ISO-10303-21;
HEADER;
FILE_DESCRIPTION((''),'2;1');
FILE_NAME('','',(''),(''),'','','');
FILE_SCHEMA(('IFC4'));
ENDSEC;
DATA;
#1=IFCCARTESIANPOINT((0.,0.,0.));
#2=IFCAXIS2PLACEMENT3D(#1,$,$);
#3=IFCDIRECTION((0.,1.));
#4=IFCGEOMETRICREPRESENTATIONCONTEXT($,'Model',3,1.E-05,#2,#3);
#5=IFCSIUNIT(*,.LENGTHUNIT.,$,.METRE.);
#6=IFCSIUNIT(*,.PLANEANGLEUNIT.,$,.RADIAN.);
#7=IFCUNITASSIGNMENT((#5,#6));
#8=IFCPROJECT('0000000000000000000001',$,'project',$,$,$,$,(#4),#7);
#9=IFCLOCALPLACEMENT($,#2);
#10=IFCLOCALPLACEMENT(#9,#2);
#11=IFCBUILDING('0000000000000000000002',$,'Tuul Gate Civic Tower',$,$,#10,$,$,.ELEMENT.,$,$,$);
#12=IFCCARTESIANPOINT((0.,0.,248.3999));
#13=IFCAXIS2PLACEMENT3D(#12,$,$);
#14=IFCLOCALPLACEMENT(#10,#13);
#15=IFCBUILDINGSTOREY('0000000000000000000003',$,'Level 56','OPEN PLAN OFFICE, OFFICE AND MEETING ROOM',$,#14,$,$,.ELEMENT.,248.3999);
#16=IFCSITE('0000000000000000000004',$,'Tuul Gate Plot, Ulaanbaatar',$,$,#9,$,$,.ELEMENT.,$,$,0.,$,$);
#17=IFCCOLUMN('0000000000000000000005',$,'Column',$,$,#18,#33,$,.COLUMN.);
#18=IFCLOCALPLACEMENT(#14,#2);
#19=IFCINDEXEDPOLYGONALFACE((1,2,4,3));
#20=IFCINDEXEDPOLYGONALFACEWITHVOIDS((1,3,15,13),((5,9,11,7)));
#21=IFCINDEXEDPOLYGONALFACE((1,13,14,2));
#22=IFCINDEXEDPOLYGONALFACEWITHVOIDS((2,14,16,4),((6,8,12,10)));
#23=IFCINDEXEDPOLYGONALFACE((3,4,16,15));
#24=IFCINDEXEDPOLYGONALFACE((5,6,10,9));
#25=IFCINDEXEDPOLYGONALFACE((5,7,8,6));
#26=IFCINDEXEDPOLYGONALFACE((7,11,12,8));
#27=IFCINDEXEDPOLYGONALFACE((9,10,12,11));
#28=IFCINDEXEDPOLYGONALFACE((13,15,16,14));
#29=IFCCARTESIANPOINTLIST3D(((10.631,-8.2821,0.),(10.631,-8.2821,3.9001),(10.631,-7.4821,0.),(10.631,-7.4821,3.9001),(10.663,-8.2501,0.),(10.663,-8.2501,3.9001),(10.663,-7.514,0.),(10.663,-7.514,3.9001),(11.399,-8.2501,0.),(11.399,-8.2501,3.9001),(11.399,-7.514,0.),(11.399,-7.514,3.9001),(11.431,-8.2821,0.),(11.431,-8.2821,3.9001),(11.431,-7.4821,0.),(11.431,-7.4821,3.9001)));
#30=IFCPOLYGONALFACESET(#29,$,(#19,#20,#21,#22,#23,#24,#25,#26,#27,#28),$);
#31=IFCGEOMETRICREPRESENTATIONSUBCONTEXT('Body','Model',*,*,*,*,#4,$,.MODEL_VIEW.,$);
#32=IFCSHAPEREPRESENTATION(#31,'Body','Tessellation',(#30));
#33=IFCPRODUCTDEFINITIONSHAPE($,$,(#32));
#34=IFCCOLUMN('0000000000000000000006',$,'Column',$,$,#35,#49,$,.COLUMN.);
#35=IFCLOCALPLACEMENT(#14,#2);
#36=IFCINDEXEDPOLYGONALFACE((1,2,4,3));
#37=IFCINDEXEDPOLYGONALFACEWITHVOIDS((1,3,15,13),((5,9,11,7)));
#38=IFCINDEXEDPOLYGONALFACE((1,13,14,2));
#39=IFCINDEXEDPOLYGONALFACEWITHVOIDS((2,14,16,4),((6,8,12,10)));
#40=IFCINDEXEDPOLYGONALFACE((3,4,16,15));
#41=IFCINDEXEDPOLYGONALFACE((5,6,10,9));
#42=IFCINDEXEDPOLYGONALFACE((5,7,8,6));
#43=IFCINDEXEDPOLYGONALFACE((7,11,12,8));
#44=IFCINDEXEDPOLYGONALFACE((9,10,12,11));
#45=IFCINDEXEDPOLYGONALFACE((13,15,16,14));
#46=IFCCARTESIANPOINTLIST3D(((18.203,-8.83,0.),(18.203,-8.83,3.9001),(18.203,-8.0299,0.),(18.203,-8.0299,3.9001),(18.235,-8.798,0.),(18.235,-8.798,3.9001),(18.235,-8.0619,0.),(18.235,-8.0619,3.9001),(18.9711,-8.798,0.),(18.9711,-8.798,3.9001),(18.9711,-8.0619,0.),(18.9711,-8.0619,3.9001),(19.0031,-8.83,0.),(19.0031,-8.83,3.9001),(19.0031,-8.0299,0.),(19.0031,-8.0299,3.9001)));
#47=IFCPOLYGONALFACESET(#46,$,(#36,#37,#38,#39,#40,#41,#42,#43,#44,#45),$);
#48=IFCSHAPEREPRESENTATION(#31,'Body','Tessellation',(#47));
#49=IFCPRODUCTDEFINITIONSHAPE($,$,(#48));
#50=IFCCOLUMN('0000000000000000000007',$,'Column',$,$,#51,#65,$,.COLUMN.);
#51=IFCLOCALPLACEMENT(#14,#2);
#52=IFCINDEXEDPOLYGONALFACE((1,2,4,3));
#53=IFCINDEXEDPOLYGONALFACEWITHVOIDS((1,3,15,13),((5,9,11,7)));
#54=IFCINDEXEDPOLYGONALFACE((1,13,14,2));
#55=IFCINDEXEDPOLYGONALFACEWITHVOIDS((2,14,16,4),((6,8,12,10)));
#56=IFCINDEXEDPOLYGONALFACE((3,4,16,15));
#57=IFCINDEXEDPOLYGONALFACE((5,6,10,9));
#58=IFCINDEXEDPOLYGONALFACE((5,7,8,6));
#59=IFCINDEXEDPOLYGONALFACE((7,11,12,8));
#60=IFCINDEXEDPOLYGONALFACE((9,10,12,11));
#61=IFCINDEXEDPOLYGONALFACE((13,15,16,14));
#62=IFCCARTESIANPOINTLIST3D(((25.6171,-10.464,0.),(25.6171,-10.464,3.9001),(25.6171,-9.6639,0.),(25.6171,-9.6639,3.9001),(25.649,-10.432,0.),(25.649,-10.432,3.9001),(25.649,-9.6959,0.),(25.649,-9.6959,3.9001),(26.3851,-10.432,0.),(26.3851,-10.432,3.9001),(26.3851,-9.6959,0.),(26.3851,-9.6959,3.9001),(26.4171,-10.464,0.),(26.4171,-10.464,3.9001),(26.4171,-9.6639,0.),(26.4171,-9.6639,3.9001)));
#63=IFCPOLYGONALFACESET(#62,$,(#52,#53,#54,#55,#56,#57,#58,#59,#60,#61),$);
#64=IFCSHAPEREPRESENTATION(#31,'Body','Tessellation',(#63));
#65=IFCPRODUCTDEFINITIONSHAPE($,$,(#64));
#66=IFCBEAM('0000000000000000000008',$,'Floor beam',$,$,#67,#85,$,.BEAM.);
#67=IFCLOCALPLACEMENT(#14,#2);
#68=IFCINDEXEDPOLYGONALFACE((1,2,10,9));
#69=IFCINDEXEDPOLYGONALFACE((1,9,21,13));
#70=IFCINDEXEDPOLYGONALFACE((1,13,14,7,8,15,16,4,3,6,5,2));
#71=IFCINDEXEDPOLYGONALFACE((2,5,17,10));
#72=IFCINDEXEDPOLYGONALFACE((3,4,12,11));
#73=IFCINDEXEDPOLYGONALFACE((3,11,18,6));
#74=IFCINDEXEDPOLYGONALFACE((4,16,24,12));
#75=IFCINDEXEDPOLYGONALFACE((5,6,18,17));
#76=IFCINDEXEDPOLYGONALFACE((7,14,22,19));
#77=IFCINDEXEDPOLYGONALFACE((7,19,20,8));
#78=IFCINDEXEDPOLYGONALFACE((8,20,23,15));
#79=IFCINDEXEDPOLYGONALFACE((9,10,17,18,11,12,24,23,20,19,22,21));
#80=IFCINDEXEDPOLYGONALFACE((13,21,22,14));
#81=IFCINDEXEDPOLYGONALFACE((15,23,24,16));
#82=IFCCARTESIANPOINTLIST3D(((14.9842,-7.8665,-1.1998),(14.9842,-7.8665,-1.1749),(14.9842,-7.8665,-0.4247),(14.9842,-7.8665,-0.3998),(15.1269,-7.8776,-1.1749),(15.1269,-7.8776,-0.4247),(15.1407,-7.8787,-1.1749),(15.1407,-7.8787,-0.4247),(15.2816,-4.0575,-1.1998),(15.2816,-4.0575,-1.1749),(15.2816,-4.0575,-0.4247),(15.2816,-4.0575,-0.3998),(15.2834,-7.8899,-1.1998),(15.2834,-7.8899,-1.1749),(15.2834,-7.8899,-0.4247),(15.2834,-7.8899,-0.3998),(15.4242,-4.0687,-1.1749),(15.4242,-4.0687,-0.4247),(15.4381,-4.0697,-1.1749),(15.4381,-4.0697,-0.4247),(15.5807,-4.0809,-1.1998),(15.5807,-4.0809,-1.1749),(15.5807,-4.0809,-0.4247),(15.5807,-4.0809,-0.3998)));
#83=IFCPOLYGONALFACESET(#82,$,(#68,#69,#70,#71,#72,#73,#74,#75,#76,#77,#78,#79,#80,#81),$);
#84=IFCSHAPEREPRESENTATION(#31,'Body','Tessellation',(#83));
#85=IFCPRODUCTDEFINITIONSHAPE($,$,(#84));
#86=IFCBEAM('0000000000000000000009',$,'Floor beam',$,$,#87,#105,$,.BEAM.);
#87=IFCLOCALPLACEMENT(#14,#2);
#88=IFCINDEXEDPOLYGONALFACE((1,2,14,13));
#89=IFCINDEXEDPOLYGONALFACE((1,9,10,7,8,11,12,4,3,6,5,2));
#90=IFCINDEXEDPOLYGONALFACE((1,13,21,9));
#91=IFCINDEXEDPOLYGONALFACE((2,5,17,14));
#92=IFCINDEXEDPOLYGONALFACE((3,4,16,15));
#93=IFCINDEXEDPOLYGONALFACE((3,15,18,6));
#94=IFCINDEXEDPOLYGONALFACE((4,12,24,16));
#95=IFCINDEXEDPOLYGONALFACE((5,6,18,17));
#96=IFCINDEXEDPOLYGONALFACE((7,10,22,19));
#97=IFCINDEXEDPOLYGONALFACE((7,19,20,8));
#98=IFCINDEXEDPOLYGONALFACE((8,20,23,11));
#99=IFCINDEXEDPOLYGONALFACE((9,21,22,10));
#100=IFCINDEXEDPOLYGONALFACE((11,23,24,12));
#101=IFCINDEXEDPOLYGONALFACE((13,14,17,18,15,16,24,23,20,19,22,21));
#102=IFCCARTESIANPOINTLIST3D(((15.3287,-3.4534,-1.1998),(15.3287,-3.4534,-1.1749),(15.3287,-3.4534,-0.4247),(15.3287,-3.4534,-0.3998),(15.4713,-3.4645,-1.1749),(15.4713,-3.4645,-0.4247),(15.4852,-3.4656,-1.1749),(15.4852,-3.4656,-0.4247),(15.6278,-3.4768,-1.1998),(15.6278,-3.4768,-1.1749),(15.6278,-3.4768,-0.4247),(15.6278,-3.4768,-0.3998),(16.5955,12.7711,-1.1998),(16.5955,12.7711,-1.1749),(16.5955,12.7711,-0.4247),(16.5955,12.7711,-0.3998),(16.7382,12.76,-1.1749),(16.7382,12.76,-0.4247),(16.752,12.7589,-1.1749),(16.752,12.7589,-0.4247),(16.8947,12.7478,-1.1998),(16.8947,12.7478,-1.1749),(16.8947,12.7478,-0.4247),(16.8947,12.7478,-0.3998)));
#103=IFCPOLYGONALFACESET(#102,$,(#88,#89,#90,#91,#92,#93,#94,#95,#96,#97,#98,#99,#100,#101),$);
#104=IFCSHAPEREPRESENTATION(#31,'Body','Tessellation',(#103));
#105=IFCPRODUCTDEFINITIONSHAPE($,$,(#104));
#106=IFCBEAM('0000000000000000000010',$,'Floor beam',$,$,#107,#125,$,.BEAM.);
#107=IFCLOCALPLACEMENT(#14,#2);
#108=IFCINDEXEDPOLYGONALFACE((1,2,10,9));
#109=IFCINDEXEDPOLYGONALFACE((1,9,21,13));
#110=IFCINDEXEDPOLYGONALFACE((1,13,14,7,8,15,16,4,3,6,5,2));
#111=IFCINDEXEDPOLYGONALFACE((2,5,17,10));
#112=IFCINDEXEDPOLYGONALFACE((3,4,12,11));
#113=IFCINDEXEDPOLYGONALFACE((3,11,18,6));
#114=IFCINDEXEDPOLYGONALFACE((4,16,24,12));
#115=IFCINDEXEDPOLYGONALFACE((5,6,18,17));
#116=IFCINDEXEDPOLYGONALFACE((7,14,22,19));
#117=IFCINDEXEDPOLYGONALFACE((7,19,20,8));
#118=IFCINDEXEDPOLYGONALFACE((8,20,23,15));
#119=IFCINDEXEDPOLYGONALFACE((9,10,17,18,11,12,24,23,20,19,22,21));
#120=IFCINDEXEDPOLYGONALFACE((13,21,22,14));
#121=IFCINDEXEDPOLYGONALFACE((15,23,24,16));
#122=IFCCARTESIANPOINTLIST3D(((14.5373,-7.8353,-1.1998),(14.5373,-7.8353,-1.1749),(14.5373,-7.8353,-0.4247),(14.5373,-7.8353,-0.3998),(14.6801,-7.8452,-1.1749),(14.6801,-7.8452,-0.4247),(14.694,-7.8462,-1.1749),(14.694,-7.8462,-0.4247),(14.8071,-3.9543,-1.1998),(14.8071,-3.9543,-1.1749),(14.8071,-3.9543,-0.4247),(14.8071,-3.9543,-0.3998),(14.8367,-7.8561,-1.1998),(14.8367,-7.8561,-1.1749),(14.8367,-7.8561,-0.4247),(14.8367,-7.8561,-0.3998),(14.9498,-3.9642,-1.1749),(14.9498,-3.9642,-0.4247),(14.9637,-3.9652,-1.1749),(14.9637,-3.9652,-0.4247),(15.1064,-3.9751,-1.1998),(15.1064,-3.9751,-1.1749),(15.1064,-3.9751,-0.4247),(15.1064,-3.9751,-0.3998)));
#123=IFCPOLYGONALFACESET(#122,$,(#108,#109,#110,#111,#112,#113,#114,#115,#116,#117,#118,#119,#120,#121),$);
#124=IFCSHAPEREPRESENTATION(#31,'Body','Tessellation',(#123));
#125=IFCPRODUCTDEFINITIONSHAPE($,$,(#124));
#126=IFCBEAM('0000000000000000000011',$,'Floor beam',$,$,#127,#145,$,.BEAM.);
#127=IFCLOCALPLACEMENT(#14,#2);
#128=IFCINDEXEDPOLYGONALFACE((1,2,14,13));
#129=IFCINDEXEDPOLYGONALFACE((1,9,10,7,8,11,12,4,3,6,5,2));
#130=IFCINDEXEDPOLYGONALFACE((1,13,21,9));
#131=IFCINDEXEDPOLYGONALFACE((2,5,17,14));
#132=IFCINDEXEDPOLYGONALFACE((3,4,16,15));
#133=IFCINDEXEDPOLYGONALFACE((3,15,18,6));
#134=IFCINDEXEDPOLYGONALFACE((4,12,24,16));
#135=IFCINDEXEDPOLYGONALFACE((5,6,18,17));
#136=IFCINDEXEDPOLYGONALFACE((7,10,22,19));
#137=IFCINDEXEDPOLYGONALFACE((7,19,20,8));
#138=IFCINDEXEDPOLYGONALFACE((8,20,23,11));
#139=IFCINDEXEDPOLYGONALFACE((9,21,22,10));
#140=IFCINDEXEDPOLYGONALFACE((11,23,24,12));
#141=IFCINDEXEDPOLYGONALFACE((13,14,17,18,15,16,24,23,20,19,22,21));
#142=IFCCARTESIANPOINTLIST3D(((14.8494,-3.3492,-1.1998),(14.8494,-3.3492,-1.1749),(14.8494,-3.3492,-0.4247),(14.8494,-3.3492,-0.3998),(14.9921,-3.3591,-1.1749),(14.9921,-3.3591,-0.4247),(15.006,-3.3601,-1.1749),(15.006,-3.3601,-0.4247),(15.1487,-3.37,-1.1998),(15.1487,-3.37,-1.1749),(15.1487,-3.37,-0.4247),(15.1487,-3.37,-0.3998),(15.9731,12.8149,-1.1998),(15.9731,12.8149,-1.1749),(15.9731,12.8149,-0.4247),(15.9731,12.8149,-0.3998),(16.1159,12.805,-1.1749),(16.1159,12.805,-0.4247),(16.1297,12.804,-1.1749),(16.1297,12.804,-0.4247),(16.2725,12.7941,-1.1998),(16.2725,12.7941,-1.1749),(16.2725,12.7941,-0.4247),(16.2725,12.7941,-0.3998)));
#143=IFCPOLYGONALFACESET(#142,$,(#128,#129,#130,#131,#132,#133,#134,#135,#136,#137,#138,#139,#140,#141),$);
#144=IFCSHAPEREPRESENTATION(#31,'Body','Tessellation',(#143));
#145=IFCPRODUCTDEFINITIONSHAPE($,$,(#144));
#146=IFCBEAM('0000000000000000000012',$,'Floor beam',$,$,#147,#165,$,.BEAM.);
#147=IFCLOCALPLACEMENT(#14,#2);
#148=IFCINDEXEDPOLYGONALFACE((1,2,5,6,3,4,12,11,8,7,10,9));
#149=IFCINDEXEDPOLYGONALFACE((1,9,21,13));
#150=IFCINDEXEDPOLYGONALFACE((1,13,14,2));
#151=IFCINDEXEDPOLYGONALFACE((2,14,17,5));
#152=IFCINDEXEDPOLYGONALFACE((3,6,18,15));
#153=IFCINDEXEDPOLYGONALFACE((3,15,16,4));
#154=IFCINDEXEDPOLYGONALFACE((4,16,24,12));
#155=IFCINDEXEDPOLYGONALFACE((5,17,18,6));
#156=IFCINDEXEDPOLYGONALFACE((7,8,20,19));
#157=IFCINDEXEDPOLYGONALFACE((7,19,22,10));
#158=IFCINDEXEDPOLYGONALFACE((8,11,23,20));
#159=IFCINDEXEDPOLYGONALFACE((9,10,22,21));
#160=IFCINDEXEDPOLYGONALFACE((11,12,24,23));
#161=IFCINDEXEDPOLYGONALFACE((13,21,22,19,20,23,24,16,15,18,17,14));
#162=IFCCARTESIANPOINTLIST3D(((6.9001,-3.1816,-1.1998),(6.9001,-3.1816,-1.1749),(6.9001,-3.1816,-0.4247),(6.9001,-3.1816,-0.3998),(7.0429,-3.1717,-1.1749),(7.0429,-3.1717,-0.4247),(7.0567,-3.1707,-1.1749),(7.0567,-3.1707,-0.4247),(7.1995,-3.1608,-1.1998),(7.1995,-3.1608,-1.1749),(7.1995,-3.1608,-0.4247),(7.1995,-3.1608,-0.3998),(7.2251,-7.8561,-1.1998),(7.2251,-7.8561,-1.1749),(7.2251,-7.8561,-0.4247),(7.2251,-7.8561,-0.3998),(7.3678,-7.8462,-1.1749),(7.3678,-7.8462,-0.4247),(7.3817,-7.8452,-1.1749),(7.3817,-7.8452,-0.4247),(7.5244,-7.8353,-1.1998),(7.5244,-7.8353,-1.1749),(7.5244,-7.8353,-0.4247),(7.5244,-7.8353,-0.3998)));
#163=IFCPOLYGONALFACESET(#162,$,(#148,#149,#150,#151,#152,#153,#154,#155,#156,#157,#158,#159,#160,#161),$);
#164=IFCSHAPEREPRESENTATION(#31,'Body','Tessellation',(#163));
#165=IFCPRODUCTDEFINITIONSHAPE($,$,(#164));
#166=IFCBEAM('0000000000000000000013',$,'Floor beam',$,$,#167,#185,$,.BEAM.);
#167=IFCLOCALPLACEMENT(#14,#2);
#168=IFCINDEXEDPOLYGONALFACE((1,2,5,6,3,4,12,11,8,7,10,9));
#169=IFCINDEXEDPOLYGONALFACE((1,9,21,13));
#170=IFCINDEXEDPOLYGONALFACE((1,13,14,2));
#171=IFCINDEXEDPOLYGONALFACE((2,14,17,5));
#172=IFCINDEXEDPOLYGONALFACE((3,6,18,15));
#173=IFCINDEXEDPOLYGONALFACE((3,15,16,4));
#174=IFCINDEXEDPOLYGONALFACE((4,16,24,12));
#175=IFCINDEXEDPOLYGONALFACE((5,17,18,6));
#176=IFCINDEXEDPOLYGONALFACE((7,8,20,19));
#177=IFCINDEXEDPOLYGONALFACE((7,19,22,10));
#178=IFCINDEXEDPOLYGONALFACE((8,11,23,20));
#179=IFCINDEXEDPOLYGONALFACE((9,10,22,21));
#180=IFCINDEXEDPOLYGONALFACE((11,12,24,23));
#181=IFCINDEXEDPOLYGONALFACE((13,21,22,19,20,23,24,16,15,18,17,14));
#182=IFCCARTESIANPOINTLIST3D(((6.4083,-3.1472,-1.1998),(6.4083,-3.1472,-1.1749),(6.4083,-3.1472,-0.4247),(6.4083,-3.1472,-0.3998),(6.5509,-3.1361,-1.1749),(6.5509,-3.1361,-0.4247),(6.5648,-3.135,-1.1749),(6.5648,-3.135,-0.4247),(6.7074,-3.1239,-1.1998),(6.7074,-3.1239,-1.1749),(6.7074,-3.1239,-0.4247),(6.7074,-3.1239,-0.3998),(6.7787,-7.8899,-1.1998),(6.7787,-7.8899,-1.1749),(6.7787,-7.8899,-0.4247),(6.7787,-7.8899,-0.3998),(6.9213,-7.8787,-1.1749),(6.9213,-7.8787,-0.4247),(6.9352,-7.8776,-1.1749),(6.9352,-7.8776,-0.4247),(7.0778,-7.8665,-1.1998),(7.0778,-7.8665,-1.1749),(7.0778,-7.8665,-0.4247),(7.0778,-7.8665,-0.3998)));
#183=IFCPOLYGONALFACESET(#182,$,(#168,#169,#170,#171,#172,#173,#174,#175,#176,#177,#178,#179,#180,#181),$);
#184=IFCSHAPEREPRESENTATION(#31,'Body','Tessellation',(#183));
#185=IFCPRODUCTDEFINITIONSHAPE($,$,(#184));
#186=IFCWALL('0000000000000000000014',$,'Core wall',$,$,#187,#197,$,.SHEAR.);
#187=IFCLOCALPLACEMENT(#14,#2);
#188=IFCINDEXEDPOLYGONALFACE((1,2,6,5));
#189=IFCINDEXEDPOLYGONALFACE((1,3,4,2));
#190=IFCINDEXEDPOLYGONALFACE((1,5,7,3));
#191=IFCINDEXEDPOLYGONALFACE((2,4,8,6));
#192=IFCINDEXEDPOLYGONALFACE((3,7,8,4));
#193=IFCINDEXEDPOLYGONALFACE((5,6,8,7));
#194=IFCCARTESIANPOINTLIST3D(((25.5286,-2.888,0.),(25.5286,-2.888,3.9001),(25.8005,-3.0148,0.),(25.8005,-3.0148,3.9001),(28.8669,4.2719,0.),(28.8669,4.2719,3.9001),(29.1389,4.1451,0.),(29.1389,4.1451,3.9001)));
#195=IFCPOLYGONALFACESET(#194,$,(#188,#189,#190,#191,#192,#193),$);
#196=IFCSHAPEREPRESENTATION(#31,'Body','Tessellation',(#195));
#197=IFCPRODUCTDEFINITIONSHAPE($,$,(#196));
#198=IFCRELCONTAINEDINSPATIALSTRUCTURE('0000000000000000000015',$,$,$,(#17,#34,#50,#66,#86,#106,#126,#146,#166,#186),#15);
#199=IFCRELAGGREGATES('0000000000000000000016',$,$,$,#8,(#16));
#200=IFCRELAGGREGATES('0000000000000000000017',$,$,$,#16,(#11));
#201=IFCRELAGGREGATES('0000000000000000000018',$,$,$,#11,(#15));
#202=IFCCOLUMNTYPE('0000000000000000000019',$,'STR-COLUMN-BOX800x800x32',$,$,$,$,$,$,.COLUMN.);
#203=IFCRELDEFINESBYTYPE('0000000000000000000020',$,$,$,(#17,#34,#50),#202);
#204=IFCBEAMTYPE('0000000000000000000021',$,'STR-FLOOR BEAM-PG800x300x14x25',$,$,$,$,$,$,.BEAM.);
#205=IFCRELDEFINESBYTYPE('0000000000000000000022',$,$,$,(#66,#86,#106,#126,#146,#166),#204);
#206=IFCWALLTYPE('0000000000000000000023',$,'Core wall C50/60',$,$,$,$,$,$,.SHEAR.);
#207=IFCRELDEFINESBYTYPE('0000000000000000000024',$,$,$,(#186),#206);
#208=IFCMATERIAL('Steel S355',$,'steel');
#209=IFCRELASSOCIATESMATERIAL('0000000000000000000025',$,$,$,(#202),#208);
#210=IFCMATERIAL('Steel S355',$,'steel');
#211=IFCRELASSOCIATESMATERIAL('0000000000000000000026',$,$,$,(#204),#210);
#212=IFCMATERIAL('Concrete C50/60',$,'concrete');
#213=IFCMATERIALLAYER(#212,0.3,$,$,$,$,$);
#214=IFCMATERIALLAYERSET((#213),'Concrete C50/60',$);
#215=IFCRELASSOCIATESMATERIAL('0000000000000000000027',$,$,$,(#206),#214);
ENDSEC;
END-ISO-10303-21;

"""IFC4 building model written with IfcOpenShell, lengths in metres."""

from ifc_helpers import new_model, si_unit, direction, frame, frame_2d, origin, origin_2d, place, context, subcontext, project, spatial, rectangle, hollow_rectangle, i_section, extrude, material, layer, layer_set, material_profile, profile_set, type_object, element, save


model = new_model("IFC4")

# Units and contexts
model_context = context("Model", 3, precision=1e-05, world=origin(), true_north=direction((0.0, 1.0)))
body_context = subcontext(model_context, "Body", "Model", "MODEL_VIEW")
ifc_project = project(units=[si_unit("LENGTHUNIT", "METRE"), si_unit("PLANEANGLEUNIT", "RADIAN")], contexts=[model_context])

# Site, building, storey
site_placement = place(None, origin())
site = spatial("IfcSite", under=ifc_project, at=site_placement, Name="Tuul Gate Plot, Ulaanbaatar", CompositionType="ELEMENT", RefElevation=0.0)
building_placement = place(site_placement, origin())
building = spatial("IfcBuilding", under=site, at=building_placement, Name="Tuul Gate Civic Tower", CompositionType="ELEMENT")
storey_placement = place(building_placement, frame((0.0, 0.0, 248.3999)))
storey = spatial("IfcBuildingStorey", under=building, at=storey_placement, Name="Level 56", Description="OPEN PLAN OFFICE, OFFICE AND MEETING ROOM", CompositionType="ELEMENT", Elevation=248.3999)

# Columns
ifc_material_1 = material(Name="Steel S355", Category="steel")
ifc_material_profile_1 = material_profile(ifc_material_1, hollow_rectangle(XDim=0.8, YDim=0.8, WallThickness=0.032, at=origin_2d()), Name="BOX800x800x32")
ifc_profile_set_1 = profile_set([ifc_material_profile_1], Name="Steel S355")
column_type = type_object("IfcColumnType", Name="STR-COLUMN-BOX800x800x32", PredefinedType="COLUMN", material=ifc_profile_set_1)
for number, where, z_axis, x_axis, name in (
    (1, (11.031, -7.8821, 0.0), (0.0, 0.0, 1.0), (1.0, 0.0, 0.0), "Column"),
    (2, (18.603, -8.4299, 0.0), (0.0, 0.0, 1.0), (1.0, 0.0, 0.0), "Column"),
    (3, (26.0171, -10.064, 0.0), (0.0, 0.0, 1.0), (1.0, 0.0, 0.0), "Column"),
):
    element("IfcColumn", number, at=place(storey_placement, frame(where, z_axis=z_axis, x_axis=x_axis)), inside=storey, type_object=column_type, Name=name, PredefinedType="COLUMN", context=body_context, shape_type="SweptSolid", body=[
        extrude(hollow_rectangle(XDim=0.8, YDim=0.8, WallThickness=0.032, at=origin_2d()), origin(), (0.0, 0.0, 1.0), 3.9001),
    ])

# Beams
ifc_material_2 = material(Name="Steel S355", Category="steel")
ifc_material_profile_2 = material_profile(ifc_material_2, i_section(OverallWidth=0.3, OverallDepth=0.8, WebThickness=0.0139, FlangeThickness=0.0249, at=origin_2d()), Name="PG800x300x14x25")
ifc_profile_set_2 = profile_set([ifc_material_profile_2], Name="Steel S355")
beam_type = type_object("IfcBeamType", Name="STR-FLOOR BEAM-PG800x300x14x25", PredefinedType="BEAM", material=ifc_profile_set_2)
beam_1_placement = place(storey_placement, frame((15.1338, -7.8782, -0.7998), z_axis=(0.07783, 0.996967, 0.0), x_axis=(-0.996967, 0.07783, 0.0)))
element("IfcBeam", 4, at=beam_1_placement, inside=storey, type_object=beam_type, Name="Floor beam", PredefinedType="BEAM", context=body_context, shape_type="SweptSolid", body=[
    extrude(i_section(OverallWidth=0.3, OverallDepth=0.8, WebThickness=0.0139, FlangeThickness=0.0249, at=origin_2d()), origin(), (0.0, 0.0, 1.0), 3.8206),
])
beam_2_placement = place(storey_placement, frame((15.4783, -3.4651, -0.7998), z_axis=(0.077845, 0.996965, 0.0), x_axis=(-0.996965, 0.077845, 0.0)))
element("IfcBeam", 5, at=beam_2_placement, inside=storey, type_object=beam_type, Name="Floor beam", PredefinedType="BEAM", context=body_context, shape_type="SweptSolid", body=[
    extrude(i_section(OverallWidth=0.3, OverallDepth=0.8, WebThickness=0.0139, FlangeThickness=0.0249, at=origin_2d()), origin(), (0.0, 0.0, 1.0), 16.2739),
])
beam_3_placement = place(storey_placement, frame((14.687, -7.8457, -0.7998), z_axis=(0.069343, 0.997593, 0.0), x_axis=(-0.997593, 0.069343, 0.0)))
element("IfcBeam", 6, at=beam_3_placement, inside=storey, type_object=beam_type, Name="Floor beam", PredefinedType="BEAM", context=body_context, shape_type="SweptSolid", body=[
    extrude(i_section(OverallWidth=0.3, OverallDepth=0.8, WebThickness=0.0139, FlangeThickness=0.0249, at=origin_2d()), origin(), (0.0, 0.0, 1.0), 3.8904),
])
beam_4_placement = place(storey_placement, frame((14.999, -3.3596, -0.7998), z_axis=(0.069356, 0.997592, 0.0), x_axis=(-0.997592, 0.069356, 0.0)))
element("IfcBeam", 7, at=beam_4_placement, inside=storey, type_object=beam_type, Name="Floor beam", PredefinedType="BEAM", context=body_context, shape_type="SweptSolid", body=[
    extrude(i_section(OverallWidth=0.3, OverallDepth=0.8, WebThickness=0.0139, FlangeThickness=0.0249, at=origin_2d()), origin(), (0.0, 0.0, 1.0), 16.2031),
])
beam_5_placement = place(storey_placement, frame((7.3748, -7.8457, -0.7998), z_axis=(-0.069347, 0.997593, 0.0), x_axis=(-0.997593, -0.069347, 0.0)))
element("IfcBeam", 8, at=beam_5_placement, inside=storey, type_object=beam_type, Name="Floor beam", PredefinedType="BEAM", context=body_context, shape_type="SweptSolid", body=[
    extrude(i_section(OverallWidth=0.3, OverallDepth=0.8, WebThickness=0.0139, FlangeThickness=0.0249, at=origin_2d()), origin(), (0.0, 0.0, 1.0), 4.6858),
])
beam_6_placement = place(storey_placement, frame((6.9282, -7.8782, -0.7998), z_axis=(-0.077854, 0.996965, 0.0), x_axis=(-0.996965, -0.077854, 0.0)))
element("IfcBeam", 9, at=beam_6_placement, inside=storey, type_object=beam_type, Name="Floor beam", PredefinedType="BEAM", context=body_context, shape_type="SweptSolid", body=[
    extrude(i_section(OverallWidth=0.3, OverallDepth=0.8, WebThickness=0.0139, FlangeThickness=0.0249, at=origin_2d()), origin(), (0.0, 0.0, 1.0), 4.7571),
])

# Wall
ifc_material_3 = material(Name="Concrete C50/60", Category="concrete")
ifc_layer_1 = layer(ifc_material_3, 0.3)
ifc_layer_set_1 = layer_set([ifc_layer_1], Name="Concrete C50/60")
wall_type_1 = type_object("IfcWallType", Name="Core wall C50/60", PredefinedType="SHEAR", material=ifc_layer_set_1)
wall_1_placement = place(storey_placement, frame((25.6646, -2.9514, 0.0), z_axis=(0.0, 0.0, 1.0), x_axis=(0.422583, 0.906324, 0.0)))
element("IfcWall", 10, at=wall_1_placement, inside=storey, type_object=wall_type_1, Name="Core wall", PredefinedType="SHEAR", context=body_context, shape_type="SweptSolid", body=[
    extrude(rectangle(XDim=7.8999, YDim=0.3, at=frame_2d((3.95, 0.0))), origin(), (0.0, 0.0, 1.0), 3.9001),
])

save(model, "model.ifc")
